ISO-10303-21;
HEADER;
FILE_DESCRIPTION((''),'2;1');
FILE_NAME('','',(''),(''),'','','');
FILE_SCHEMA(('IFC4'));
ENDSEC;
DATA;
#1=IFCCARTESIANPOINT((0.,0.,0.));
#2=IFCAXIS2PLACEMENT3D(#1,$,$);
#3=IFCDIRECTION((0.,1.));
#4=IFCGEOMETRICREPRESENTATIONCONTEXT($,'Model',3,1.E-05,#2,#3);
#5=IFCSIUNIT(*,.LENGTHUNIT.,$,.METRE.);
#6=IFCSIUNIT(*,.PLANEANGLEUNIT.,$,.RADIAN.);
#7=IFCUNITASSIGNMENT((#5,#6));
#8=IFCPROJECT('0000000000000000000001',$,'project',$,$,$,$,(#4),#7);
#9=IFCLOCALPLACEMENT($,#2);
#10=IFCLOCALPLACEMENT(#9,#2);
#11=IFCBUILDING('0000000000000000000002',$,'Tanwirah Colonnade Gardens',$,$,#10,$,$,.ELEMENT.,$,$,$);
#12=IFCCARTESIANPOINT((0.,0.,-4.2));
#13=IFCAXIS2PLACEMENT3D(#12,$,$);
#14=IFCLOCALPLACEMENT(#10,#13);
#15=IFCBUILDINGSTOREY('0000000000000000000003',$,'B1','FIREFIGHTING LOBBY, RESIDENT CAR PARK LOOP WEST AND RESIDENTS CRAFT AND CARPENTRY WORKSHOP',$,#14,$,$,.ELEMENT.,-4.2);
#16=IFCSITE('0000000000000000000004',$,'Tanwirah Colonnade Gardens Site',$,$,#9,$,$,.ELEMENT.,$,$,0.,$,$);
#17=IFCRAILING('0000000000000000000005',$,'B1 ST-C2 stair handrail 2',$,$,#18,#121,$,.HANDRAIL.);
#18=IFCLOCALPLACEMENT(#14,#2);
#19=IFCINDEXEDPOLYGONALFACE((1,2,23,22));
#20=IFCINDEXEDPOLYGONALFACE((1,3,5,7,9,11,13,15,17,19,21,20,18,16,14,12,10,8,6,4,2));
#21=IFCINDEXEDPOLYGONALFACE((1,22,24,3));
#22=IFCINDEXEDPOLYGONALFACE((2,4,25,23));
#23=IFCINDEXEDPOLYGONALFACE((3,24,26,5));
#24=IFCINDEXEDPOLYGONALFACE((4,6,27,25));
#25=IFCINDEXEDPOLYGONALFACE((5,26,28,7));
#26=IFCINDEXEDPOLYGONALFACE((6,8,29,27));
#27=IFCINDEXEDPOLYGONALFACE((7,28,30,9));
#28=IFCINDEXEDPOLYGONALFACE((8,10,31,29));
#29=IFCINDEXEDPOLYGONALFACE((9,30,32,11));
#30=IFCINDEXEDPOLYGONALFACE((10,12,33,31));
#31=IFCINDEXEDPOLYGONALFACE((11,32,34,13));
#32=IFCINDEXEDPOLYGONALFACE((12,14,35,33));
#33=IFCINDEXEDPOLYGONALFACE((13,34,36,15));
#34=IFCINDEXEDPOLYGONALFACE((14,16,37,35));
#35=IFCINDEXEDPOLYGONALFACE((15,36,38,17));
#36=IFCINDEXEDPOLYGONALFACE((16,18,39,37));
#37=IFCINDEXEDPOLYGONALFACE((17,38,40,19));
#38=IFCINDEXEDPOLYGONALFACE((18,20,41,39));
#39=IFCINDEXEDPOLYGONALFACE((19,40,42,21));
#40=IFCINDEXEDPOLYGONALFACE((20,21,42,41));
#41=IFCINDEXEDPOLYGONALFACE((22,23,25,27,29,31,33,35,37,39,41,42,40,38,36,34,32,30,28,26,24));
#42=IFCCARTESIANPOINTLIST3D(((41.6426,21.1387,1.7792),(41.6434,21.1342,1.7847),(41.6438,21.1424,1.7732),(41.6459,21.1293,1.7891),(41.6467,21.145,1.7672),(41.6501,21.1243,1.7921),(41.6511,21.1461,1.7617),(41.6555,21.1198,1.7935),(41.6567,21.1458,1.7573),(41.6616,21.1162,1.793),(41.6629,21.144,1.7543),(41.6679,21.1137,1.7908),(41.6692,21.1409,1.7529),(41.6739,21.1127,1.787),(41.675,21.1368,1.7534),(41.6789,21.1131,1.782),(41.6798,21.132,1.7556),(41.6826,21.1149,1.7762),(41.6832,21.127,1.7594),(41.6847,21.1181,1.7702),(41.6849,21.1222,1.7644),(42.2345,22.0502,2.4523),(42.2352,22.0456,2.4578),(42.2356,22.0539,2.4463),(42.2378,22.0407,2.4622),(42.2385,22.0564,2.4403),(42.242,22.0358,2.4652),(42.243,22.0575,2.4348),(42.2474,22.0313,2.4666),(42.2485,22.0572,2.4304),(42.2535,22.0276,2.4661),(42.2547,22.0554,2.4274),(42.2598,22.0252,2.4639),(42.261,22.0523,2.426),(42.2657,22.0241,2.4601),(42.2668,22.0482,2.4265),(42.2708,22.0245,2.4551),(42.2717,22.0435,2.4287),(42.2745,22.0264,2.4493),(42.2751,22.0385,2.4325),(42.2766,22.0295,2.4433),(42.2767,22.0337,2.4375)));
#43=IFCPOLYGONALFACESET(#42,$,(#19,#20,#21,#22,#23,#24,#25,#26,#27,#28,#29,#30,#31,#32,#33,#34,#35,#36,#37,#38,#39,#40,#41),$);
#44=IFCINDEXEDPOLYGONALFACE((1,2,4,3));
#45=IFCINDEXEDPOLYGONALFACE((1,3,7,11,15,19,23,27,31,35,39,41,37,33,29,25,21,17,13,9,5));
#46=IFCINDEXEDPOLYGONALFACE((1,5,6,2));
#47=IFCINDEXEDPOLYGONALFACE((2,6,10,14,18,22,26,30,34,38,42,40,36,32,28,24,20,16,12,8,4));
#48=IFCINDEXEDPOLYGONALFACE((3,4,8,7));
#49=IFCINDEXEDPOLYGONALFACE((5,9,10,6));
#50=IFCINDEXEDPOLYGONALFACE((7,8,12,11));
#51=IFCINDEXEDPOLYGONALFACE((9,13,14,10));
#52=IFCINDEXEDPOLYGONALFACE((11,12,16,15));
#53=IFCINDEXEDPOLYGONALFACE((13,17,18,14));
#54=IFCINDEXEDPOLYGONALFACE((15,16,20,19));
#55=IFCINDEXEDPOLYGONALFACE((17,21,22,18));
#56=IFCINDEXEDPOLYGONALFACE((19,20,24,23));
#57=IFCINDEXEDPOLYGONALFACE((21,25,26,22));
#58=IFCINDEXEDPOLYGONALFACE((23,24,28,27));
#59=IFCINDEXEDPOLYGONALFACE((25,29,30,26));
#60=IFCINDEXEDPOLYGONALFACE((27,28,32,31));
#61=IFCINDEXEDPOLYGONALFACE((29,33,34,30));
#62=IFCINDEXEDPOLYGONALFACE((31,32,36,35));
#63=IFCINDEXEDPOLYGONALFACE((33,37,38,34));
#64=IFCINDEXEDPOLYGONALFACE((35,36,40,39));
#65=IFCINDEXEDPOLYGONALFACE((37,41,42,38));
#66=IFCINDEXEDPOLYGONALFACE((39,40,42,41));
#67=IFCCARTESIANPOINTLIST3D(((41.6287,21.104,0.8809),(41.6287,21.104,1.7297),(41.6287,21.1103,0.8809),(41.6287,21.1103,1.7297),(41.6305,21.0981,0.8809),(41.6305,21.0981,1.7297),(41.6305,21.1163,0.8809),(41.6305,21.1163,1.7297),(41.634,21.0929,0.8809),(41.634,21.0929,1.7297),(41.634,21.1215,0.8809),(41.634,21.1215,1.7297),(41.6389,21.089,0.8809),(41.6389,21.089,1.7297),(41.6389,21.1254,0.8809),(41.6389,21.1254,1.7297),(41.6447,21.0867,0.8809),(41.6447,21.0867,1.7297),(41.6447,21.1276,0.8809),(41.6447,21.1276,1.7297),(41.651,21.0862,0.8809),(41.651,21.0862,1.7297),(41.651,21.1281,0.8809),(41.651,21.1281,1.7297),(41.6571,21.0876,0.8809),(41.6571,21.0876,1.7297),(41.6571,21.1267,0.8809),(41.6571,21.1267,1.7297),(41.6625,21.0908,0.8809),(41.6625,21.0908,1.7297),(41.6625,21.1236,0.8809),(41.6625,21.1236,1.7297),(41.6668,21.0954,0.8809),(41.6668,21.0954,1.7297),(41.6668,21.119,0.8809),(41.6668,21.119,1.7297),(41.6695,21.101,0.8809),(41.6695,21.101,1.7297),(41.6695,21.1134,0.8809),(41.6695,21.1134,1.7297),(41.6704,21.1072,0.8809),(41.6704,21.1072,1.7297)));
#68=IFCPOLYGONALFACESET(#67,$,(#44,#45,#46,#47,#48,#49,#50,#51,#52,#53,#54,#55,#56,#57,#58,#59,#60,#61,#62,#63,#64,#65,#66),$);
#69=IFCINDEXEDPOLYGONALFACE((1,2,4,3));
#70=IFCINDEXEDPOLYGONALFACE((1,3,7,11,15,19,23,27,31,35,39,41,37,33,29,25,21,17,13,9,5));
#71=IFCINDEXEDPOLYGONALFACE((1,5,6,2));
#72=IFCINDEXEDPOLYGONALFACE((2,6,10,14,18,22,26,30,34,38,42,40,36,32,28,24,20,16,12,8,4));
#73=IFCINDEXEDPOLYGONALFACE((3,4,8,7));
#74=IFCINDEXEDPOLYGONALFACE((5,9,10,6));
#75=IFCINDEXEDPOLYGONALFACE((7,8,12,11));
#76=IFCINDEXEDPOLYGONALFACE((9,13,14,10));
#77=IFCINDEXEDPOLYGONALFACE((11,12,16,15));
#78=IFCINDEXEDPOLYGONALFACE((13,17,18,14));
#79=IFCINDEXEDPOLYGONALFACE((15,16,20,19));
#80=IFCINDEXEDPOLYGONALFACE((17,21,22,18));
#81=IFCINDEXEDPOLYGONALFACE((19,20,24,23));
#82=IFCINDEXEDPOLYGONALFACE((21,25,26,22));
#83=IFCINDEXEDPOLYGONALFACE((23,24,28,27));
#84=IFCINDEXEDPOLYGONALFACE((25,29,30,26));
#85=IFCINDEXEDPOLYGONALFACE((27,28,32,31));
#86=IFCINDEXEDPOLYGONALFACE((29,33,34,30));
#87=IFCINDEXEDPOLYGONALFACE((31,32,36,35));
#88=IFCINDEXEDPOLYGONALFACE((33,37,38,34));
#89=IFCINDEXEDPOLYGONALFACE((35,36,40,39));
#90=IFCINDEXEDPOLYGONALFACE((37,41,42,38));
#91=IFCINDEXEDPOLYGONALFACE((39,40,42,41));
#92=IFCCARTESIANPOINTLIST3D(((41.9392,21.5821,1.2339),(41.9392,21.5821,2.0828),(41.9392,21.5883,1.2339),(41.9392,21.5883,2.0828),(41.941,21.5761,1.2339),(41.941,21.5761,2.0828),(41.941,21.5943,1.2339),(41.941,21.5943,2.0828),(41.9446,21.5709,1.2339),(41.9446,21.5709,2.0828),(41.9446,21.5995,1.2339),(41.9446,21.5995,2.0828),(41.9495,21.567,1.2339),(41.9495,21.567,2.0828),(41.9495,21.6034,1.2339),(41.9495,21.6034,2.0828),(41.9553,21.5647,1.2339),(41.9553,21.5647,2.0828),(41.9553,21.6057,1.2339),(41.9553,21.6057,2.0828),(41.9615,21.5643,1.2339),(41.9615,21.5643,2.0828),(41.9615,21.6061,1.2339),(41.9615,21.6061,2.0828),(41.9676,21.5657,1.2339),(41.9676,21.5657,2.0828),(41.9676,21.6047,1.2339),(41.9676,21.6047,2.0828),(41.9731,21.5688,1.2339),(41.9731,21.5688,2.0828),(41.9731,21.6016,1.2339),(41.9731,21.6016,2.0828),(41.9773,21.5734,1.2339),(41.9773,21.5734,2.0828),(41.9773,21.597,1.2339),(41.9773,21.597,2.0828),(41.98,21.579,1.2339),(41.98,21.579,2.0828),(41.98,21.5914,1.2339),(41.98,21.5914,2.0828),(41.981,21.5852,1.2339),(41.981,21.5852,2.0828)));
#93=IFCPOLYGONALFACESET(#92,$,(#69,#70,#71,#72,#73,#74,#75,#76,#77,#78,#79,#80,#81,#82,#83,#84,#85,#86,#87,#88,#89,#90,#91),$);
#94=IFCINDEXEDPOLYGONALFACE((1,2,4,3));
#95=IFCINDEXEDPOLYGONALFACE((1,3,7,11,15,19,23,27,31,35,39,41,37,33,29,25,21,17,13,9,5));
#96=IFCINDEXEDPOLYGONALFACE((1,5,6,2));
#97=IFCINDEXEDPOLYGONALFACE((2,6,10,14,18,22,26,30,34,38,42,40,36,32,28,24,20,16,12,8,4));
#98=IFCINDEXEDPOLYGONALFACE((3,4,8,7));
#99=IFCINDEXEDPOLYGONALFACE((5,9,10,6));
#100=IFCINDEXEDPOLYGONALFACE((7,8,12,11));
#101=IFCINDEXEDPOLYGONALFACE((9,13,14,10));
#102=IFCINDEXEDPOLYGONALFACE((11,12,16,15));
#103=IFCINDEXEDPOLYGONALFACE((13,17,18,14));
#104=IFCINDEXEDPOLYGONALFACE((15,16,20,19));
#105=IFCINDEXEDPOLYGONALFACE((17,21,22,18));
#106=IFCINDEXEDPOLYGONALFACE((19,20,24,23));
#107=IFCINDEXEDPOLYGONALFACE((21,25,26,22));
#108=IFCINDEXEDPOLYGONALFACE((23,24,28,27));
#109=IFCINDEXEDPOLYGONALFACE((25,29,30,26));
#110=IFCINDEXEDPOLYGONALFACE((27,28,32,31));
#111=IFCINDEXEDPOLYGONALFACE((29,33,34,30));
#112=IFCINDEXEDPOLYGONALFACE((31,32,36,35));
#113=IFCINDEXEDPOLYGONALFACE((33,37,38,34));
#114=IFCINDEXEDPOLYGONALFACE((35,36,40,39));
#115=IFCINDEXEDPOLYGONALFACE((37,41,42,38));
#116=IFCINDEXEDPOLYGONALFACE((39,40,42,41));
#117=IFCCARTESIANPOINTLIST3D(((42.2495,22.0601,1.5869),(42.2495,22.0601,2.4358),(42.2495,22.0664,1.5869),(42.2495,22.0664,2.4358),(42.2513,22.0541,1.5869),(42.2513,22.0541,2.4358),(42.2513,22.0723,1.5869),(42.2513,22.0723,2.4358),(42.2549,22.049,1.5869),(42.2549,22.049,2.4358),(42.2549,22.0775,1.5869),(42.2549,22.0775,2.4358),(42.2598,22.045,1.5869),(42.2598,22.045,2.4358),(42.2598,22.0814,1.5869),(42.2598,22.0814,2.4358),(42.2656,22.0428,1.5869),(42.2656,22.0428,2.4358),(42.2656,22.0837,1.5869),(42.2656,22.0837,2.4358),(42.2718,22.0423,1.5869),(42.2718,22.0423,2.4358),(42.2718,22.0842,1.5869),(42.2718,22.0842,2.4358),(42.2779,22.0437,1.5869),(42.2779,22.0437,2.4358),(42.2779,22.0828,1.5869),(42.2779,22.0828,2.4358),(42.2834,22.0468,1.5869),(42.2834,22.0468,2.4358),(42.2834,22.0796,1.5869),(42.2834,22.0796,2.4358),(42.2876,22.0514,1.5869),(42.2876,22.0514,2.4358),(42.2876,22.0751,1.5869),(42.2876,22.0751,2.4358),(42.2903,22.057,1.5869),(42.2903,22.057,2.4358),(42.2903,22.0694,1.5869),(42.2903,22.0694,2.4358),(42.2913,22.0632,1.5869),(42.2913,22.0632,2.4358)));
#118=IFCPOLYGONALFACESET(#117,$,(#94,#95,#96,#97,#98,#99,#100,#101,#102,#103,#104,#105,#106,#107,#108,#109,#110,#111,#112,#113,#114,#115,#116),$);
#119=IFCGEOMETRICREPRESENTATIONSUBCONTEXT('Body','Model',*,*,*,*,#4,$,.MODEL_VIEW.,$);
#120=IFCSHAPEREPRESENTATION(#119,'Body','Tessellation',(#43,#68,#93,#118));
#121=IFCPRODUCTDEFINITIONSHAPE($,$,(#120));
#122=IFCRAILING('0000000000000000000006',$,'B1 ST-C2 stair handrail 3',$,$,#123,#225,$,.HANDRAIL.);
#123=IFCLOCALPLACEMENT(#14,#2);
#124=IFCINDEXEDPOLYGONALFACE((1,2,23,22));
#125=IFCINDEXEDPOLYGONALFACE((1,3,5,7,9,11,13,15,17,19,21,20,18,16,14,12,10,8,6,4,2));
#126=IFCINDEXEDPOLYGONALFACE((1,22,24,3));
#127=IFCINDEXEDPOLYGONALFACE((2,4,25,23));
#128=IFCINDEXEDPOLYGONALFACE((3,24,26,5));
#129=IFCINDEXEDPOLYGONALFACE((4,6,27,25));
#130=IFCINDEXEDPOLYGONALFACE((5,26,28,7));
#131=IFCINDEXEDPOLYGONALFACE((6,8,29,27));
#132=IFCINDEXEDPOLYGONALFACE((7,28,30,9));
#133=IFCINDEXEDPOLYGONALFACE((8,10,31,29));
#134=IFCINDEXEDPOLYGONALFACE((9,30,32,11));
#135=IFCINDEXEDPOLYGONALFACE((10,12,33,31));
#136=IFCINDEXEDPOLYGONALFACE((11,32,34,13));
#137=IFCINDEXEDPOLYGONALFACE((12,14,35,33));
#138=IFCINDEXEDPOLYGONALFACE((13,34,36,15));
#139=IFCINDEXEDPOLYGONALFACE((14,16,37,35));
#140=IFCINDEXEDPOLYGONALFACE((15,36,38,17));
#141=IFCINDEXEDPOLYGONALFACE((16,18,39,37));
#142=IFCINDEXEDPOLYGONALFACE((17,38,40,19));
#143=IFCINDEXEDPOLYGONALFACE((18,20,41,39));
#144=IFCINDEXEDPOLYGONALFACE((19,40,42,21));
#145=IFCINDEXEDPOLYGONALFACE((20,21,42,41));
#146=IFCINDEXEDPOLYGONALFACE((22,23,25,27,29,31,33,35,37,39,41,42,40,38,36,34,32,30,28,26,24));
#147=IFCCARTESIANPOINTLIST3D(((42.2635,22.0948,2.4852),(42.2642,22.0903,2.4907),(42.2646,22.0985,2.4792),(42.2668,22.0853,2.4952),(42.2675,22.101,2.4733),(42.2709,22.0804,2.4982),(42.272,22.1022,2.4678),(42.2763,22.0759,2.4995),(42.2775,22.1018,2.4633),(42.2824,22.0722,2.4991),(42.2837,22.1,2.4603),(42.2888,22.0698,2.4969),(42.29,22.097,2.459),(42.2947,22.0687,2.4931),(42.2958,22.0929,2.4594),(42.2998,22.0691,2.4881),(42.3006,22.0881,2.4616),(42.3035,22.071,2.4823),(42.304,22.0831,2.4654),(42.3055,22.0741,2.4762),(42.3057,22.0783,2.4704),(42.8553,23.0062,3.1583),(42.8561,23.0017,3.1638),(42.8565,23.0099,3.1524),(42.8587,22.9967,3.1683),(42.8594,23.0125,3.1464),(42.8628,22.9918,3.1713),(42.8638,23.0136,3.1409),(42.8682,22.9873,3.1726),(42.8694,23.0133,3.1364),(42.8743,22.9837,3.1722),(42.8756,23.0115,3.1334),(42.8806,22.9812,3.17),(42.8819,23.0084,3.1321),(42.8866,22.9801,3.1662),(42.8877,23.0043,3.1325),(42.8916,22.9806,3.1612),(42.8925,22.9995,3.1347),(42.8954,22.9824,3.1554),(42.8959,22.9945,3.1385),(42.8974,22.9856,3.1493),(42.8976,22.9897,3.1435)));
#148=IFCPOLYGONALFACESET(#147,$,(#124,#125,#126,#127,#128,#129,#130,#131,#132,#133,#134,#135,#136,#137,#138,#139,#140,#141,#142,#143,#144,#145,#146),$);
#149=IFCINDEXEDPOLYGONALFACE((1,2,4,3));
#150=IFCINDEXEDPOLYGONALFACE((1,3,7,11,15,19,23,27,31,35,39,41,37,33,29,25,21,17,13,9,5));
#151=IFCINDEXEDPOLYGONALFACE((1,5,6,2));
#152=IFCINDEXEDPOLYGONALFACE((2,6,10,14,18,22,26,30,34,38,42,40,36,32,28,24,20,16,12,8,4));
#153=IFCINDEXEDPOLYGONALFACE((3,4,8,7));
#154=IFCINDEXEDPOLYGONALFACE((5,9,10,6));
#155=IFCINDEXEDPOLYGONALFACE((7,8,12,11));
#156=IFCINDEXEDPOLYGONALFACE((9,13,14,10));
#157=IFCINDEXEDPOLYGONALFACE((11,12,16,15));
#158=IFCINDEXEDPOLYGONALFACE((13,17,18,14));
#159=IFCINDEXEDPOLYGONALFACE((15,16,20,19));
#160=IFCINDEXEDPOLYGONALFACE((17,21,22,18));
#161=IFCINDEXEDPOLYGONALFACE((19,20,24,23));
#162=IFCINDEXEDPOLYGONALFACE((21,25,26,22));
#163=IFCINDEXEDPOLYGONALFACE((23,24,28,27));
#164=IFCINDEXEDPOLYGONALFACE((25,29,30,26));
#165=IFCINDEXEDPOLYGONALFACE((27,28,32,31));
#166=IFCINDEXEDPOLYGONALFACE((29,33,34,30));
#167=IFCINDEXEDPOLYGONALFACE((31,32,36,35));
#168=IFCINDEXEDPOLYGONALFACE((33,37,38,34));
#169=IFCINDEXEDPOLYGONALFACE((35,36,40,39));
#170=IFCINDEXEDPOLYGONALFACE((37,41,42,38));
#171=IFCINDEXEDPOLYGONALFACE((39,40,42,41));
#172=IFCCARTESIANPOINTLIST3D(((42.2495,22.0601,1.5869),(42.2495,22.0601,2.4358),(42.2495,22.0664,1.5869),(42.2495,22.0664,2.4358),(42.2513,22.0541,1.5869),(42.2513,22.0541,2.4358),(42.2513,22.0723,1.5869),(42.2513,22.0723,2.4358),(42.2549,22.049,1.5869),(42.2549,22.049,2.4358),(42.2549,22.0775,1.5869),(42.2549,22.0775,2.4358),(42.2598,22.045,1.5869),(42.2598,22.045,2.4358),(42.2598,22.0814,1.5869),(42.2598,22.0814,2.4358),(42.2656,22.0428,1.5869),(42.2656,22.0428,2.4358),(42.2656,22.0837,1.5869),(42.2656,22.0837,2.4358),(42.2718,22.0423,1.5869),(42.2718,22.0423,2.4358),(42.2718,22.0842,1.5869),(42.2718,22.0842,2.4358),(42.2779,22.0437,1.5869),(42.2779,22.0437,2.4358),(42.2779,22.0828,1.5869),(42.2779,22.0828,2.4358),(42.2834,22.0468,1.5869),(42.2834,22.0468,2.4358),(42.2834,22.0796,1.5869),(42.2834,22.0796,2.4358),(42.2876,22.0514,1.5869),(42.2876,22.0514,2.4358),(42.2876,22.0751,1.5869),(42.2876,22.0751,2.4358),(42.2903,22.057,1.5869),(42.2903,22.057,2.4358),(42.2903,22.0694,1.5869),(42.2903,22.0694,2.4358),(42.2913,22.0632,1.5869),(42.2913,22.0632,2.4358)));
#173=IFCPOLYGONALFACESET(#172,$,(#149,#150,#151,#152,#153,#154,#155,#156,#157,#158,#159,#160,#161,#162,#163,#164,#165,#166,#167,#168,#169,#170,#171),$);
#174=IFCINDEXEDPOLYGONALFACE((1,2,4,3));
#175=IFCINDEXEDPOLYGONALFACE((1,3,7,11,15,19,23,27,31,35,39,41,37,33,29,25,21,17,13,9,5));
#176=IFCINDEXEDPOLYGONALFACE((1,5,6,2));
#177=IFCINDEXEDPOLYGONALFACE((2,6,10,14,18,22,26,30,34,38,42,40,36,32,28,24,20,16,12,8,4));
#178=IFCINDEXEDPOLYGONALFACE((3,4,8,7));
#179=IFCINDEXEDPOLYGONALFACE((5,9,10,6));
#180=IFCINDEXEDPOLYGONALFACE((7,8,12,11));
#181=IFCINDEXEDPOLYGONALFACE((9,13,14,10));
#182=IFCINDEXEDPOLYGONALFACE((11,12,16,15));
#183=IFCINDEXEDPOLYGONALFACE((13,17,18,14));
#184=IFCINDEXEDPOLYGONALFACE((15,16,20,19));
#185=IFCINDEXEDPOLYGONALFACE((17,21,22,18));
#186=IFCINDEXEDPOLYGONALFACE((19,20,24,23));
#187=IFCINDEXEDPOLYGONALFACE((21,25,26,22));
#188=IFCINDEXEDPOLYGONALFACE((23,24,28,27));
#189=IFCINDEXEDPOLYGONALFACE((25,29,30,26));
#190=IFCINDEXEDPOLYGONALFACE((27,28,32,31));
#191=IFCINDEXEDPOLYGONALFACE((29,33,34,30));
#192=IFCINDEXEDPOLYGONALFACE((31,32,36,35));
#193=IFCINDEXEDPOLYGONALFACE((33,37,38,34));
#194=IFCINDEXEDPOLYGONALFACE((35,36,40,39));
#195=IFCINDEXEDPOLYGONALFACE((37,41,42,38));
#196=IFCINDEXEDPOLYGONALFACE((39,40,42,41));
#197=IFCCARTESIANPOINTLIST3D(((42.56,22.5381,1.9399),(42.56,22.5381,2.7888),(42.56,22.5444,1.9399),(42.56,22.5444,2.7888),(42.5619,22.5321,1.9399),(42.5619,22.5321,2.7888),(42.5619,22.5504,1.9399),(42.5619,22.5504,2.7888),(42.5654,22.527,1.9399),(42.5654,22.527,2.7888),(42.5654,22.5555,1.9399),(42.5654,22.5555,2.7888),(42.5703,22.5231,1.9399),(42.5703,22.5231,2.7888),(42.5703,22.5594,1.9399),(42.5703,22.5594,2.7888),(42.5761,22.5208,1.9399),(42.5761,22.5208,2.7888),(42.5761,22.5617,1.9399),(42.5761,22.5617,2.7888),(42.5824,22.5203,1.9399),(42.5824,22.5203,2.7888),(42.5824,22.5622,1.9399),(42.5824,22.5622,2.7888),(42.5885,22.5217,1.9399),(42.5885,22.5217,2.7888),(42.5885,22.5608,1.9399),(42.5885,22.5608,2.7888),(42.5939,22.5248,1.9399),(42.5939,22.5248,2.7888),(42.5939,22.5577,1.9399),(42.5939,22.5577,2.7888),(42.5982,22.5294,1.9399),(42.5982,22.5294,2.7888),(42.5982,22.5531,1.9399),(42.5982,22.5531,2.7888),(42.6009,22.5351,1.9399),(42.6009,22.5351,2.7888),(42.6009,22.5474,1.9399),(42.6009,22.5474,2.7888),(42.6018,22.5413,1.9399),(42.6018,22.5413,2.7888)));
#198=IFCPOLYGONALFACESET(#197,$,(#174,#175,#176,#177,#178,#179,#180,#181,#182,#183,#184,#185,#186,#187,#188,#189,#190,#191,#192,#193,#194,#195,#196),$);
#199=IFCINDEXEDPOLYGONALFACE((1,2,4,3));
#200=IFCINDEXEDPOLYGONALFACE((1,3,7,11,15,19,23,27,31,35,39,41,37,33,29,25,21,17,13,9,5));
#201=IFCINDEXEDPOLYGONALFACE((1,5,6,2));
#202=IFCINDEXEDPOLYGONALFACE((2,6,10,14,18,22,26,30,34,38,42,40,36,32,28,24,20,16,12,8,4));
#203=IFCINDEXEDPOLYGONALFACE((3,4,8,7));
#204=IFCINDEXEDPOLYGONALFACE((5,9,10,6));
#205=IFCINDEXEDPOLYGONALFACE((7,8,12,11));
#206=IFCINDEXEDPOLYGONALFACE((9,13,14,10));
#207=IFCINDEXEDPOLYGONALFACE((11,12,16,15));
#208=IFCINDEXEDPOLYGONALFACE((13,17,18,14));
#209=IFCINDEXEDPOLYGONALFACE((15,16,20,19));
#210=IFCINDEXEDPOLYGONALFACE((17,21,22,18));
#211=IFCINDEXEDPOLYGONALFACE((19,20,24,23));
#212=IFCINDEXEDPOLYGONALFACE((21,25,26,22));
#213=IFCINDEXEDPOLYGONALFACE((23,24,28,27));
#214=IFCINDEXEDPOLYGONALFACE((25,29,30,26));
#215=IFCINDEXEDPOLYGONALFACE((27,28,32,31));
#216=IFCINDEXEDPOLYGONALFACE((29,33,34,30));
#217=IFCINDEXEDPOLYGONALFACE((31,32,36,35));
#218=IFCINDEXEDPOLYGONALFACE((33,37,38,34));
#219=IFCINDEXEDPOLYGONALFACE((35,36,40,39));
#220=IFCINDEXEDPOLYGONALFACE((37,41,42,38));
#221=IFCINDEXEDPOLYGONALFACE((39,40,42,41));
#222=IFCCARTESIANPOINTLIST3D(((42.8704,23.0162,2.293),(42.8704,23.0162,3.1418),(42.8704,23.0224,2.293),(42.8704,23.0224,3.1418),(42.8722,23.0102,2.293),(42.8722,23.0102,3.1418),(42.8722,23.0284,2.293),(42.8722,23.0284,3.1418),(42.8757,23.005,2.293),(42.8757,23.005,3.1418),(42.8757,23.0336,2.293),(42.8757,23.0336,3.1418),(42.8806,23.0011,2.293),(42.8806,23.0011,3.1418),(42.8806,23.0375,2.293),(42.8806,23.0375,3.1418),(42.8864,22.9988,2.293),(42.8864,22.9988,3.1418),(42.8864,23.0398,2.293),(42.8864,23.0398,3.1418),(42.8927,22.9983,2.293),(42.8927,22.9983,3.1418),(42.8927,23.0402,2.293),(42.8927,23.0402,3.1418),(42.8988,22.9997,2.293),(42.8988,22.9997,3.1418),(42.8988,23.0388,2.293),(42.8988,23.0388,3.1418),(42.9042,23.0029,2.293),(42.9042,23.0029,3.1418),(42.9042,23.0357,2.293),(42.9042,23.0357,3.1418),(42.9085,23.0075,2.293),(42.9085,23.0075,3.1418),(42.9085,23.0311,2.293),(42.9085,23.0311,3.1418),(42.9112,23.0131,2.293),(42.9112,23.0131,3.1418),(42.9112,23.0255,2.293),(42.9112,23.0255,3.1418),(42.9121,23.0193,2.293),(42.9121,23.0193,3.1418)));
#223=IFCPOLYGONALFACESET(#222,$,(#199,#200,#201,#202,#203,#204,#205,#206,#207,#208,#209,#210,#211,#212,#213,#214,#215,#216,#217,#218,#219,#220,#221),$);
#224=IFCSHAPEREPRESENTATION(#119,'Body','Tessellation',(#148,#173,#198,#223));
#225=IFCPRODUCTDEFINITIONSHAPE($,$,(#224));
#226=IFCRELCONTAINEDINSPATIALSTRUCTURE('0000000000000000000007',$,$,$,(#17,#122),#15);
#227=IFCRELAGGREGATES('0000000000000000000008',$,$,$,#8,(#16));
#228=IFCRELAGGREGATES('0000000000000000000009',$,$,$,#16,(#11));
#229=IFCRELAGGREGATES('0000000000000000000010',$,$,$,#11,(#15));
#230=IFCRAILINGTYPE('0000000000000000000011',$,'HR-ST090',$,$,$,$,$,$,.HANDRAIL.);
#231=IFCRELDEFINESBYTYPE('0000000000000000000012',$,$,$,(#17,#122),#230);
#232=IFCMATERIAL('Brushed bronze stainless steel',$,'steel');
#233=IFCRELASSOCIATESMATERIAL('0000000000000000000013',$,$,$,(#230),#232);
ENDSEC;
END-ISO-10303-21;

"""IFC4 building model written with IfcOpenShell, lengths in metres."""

from ifc_helpers import new_model, si_unit, direction, frame, origin, origin_2d, place, context, subcontext, project, spatial, circle, extrude, material, type_object, element, save


model = new_model("IFC4")

# Units and contexts
model_context = context("Model", 3, precision=1e-05, world=origin(), true_north=direction((0.0, 1.0)))
body_context = subcontext(model_context, "Body", "Model", "MODEL_VIEW")
ifc_project = project(units=[si_unit("LENGTHUNIT", "METRE"), si_unit("PLANEANGLEUNIT", "RADIAN")], contexts=[model_context])

# Site, building, storey
site_placement = place(None, origin())
site = spatial("IfcSite", under=ifc_project, at=site_placement, Name="Tanwirah Colonnade Gardens Site", CompositionType="ELEMENT", RefElevation=0.0)
building_placement = place(site_placement, origin())
building = spatial("IfcBuilding", under=site, at=building_placement, Name="Tanwirah Colonnade Gardens", CompositionType="ELEMENT")
storey_placement = place(building_placement, frame((0.0, 0.0, -4.2)))
storey = spatial("IfcBuildingStorey", under=building, at=storey_placement, Name="B1", Description="FIREFIGHTING LOBBY, RESIDENT CAR PARK LOOP WEST AND RESIDENTS CRAFT AND CARPENTRY WORKSHOP", CompositionType="ELEMENT", Elevation=-4.2)

# Railings
ifc_material_1 = material(Name="Brushed bronze stainless steel", Category="steel")
railing_type_1 = type_object("IfcRailingType", Name="HR-ST090", PredefinedType="HANDRAIL", material=ifc_material_1)
for number, where, name in (
    (1, (41.6494, 21.1072, 0.8809), "B1 ST-C2 stair handrail 2"),
    (2, (42.2703, 22.0632, 1.5869), "B1 ST-C2 stair handrail 3"),
):
    element("IfcRailing", number, at=place(storey_placement, frame(where)), inside=storey, type_object=railing_type_1, Name=name, PredefinedType="HANDRAIL", context=body_context, shape_type="SweptSolid", body=[
        extrude(circle(Radius=0.0239, at=origin_2d()), frame((0.0144, 0.0222, 0.8923), z_axis=(0.46301, 0.712996, 0.526554), x_axis=(-0.838678, 0.544627, 0.0)), (0.0, 0.0, 1.0), 1.2783),
        extrude(circle(Radius=0.021, at=origin_2d()), origin(), (0.0, 0.0, 1.0), 0.8489),
        extrude(circle(Radius=0.021, at=origin_2d()), frame((0.3105, 0.478, 0.353)), (0.0, 0.0, 1.0), 0.8489),
        extrude(circle(Radius=0.021, at=origin_2d()), frame((0.6208, 0.9561, 0.7061)), (0.0, 0.0, 1.0), 0.8489),
    ])

save(model, "model.ifc")
